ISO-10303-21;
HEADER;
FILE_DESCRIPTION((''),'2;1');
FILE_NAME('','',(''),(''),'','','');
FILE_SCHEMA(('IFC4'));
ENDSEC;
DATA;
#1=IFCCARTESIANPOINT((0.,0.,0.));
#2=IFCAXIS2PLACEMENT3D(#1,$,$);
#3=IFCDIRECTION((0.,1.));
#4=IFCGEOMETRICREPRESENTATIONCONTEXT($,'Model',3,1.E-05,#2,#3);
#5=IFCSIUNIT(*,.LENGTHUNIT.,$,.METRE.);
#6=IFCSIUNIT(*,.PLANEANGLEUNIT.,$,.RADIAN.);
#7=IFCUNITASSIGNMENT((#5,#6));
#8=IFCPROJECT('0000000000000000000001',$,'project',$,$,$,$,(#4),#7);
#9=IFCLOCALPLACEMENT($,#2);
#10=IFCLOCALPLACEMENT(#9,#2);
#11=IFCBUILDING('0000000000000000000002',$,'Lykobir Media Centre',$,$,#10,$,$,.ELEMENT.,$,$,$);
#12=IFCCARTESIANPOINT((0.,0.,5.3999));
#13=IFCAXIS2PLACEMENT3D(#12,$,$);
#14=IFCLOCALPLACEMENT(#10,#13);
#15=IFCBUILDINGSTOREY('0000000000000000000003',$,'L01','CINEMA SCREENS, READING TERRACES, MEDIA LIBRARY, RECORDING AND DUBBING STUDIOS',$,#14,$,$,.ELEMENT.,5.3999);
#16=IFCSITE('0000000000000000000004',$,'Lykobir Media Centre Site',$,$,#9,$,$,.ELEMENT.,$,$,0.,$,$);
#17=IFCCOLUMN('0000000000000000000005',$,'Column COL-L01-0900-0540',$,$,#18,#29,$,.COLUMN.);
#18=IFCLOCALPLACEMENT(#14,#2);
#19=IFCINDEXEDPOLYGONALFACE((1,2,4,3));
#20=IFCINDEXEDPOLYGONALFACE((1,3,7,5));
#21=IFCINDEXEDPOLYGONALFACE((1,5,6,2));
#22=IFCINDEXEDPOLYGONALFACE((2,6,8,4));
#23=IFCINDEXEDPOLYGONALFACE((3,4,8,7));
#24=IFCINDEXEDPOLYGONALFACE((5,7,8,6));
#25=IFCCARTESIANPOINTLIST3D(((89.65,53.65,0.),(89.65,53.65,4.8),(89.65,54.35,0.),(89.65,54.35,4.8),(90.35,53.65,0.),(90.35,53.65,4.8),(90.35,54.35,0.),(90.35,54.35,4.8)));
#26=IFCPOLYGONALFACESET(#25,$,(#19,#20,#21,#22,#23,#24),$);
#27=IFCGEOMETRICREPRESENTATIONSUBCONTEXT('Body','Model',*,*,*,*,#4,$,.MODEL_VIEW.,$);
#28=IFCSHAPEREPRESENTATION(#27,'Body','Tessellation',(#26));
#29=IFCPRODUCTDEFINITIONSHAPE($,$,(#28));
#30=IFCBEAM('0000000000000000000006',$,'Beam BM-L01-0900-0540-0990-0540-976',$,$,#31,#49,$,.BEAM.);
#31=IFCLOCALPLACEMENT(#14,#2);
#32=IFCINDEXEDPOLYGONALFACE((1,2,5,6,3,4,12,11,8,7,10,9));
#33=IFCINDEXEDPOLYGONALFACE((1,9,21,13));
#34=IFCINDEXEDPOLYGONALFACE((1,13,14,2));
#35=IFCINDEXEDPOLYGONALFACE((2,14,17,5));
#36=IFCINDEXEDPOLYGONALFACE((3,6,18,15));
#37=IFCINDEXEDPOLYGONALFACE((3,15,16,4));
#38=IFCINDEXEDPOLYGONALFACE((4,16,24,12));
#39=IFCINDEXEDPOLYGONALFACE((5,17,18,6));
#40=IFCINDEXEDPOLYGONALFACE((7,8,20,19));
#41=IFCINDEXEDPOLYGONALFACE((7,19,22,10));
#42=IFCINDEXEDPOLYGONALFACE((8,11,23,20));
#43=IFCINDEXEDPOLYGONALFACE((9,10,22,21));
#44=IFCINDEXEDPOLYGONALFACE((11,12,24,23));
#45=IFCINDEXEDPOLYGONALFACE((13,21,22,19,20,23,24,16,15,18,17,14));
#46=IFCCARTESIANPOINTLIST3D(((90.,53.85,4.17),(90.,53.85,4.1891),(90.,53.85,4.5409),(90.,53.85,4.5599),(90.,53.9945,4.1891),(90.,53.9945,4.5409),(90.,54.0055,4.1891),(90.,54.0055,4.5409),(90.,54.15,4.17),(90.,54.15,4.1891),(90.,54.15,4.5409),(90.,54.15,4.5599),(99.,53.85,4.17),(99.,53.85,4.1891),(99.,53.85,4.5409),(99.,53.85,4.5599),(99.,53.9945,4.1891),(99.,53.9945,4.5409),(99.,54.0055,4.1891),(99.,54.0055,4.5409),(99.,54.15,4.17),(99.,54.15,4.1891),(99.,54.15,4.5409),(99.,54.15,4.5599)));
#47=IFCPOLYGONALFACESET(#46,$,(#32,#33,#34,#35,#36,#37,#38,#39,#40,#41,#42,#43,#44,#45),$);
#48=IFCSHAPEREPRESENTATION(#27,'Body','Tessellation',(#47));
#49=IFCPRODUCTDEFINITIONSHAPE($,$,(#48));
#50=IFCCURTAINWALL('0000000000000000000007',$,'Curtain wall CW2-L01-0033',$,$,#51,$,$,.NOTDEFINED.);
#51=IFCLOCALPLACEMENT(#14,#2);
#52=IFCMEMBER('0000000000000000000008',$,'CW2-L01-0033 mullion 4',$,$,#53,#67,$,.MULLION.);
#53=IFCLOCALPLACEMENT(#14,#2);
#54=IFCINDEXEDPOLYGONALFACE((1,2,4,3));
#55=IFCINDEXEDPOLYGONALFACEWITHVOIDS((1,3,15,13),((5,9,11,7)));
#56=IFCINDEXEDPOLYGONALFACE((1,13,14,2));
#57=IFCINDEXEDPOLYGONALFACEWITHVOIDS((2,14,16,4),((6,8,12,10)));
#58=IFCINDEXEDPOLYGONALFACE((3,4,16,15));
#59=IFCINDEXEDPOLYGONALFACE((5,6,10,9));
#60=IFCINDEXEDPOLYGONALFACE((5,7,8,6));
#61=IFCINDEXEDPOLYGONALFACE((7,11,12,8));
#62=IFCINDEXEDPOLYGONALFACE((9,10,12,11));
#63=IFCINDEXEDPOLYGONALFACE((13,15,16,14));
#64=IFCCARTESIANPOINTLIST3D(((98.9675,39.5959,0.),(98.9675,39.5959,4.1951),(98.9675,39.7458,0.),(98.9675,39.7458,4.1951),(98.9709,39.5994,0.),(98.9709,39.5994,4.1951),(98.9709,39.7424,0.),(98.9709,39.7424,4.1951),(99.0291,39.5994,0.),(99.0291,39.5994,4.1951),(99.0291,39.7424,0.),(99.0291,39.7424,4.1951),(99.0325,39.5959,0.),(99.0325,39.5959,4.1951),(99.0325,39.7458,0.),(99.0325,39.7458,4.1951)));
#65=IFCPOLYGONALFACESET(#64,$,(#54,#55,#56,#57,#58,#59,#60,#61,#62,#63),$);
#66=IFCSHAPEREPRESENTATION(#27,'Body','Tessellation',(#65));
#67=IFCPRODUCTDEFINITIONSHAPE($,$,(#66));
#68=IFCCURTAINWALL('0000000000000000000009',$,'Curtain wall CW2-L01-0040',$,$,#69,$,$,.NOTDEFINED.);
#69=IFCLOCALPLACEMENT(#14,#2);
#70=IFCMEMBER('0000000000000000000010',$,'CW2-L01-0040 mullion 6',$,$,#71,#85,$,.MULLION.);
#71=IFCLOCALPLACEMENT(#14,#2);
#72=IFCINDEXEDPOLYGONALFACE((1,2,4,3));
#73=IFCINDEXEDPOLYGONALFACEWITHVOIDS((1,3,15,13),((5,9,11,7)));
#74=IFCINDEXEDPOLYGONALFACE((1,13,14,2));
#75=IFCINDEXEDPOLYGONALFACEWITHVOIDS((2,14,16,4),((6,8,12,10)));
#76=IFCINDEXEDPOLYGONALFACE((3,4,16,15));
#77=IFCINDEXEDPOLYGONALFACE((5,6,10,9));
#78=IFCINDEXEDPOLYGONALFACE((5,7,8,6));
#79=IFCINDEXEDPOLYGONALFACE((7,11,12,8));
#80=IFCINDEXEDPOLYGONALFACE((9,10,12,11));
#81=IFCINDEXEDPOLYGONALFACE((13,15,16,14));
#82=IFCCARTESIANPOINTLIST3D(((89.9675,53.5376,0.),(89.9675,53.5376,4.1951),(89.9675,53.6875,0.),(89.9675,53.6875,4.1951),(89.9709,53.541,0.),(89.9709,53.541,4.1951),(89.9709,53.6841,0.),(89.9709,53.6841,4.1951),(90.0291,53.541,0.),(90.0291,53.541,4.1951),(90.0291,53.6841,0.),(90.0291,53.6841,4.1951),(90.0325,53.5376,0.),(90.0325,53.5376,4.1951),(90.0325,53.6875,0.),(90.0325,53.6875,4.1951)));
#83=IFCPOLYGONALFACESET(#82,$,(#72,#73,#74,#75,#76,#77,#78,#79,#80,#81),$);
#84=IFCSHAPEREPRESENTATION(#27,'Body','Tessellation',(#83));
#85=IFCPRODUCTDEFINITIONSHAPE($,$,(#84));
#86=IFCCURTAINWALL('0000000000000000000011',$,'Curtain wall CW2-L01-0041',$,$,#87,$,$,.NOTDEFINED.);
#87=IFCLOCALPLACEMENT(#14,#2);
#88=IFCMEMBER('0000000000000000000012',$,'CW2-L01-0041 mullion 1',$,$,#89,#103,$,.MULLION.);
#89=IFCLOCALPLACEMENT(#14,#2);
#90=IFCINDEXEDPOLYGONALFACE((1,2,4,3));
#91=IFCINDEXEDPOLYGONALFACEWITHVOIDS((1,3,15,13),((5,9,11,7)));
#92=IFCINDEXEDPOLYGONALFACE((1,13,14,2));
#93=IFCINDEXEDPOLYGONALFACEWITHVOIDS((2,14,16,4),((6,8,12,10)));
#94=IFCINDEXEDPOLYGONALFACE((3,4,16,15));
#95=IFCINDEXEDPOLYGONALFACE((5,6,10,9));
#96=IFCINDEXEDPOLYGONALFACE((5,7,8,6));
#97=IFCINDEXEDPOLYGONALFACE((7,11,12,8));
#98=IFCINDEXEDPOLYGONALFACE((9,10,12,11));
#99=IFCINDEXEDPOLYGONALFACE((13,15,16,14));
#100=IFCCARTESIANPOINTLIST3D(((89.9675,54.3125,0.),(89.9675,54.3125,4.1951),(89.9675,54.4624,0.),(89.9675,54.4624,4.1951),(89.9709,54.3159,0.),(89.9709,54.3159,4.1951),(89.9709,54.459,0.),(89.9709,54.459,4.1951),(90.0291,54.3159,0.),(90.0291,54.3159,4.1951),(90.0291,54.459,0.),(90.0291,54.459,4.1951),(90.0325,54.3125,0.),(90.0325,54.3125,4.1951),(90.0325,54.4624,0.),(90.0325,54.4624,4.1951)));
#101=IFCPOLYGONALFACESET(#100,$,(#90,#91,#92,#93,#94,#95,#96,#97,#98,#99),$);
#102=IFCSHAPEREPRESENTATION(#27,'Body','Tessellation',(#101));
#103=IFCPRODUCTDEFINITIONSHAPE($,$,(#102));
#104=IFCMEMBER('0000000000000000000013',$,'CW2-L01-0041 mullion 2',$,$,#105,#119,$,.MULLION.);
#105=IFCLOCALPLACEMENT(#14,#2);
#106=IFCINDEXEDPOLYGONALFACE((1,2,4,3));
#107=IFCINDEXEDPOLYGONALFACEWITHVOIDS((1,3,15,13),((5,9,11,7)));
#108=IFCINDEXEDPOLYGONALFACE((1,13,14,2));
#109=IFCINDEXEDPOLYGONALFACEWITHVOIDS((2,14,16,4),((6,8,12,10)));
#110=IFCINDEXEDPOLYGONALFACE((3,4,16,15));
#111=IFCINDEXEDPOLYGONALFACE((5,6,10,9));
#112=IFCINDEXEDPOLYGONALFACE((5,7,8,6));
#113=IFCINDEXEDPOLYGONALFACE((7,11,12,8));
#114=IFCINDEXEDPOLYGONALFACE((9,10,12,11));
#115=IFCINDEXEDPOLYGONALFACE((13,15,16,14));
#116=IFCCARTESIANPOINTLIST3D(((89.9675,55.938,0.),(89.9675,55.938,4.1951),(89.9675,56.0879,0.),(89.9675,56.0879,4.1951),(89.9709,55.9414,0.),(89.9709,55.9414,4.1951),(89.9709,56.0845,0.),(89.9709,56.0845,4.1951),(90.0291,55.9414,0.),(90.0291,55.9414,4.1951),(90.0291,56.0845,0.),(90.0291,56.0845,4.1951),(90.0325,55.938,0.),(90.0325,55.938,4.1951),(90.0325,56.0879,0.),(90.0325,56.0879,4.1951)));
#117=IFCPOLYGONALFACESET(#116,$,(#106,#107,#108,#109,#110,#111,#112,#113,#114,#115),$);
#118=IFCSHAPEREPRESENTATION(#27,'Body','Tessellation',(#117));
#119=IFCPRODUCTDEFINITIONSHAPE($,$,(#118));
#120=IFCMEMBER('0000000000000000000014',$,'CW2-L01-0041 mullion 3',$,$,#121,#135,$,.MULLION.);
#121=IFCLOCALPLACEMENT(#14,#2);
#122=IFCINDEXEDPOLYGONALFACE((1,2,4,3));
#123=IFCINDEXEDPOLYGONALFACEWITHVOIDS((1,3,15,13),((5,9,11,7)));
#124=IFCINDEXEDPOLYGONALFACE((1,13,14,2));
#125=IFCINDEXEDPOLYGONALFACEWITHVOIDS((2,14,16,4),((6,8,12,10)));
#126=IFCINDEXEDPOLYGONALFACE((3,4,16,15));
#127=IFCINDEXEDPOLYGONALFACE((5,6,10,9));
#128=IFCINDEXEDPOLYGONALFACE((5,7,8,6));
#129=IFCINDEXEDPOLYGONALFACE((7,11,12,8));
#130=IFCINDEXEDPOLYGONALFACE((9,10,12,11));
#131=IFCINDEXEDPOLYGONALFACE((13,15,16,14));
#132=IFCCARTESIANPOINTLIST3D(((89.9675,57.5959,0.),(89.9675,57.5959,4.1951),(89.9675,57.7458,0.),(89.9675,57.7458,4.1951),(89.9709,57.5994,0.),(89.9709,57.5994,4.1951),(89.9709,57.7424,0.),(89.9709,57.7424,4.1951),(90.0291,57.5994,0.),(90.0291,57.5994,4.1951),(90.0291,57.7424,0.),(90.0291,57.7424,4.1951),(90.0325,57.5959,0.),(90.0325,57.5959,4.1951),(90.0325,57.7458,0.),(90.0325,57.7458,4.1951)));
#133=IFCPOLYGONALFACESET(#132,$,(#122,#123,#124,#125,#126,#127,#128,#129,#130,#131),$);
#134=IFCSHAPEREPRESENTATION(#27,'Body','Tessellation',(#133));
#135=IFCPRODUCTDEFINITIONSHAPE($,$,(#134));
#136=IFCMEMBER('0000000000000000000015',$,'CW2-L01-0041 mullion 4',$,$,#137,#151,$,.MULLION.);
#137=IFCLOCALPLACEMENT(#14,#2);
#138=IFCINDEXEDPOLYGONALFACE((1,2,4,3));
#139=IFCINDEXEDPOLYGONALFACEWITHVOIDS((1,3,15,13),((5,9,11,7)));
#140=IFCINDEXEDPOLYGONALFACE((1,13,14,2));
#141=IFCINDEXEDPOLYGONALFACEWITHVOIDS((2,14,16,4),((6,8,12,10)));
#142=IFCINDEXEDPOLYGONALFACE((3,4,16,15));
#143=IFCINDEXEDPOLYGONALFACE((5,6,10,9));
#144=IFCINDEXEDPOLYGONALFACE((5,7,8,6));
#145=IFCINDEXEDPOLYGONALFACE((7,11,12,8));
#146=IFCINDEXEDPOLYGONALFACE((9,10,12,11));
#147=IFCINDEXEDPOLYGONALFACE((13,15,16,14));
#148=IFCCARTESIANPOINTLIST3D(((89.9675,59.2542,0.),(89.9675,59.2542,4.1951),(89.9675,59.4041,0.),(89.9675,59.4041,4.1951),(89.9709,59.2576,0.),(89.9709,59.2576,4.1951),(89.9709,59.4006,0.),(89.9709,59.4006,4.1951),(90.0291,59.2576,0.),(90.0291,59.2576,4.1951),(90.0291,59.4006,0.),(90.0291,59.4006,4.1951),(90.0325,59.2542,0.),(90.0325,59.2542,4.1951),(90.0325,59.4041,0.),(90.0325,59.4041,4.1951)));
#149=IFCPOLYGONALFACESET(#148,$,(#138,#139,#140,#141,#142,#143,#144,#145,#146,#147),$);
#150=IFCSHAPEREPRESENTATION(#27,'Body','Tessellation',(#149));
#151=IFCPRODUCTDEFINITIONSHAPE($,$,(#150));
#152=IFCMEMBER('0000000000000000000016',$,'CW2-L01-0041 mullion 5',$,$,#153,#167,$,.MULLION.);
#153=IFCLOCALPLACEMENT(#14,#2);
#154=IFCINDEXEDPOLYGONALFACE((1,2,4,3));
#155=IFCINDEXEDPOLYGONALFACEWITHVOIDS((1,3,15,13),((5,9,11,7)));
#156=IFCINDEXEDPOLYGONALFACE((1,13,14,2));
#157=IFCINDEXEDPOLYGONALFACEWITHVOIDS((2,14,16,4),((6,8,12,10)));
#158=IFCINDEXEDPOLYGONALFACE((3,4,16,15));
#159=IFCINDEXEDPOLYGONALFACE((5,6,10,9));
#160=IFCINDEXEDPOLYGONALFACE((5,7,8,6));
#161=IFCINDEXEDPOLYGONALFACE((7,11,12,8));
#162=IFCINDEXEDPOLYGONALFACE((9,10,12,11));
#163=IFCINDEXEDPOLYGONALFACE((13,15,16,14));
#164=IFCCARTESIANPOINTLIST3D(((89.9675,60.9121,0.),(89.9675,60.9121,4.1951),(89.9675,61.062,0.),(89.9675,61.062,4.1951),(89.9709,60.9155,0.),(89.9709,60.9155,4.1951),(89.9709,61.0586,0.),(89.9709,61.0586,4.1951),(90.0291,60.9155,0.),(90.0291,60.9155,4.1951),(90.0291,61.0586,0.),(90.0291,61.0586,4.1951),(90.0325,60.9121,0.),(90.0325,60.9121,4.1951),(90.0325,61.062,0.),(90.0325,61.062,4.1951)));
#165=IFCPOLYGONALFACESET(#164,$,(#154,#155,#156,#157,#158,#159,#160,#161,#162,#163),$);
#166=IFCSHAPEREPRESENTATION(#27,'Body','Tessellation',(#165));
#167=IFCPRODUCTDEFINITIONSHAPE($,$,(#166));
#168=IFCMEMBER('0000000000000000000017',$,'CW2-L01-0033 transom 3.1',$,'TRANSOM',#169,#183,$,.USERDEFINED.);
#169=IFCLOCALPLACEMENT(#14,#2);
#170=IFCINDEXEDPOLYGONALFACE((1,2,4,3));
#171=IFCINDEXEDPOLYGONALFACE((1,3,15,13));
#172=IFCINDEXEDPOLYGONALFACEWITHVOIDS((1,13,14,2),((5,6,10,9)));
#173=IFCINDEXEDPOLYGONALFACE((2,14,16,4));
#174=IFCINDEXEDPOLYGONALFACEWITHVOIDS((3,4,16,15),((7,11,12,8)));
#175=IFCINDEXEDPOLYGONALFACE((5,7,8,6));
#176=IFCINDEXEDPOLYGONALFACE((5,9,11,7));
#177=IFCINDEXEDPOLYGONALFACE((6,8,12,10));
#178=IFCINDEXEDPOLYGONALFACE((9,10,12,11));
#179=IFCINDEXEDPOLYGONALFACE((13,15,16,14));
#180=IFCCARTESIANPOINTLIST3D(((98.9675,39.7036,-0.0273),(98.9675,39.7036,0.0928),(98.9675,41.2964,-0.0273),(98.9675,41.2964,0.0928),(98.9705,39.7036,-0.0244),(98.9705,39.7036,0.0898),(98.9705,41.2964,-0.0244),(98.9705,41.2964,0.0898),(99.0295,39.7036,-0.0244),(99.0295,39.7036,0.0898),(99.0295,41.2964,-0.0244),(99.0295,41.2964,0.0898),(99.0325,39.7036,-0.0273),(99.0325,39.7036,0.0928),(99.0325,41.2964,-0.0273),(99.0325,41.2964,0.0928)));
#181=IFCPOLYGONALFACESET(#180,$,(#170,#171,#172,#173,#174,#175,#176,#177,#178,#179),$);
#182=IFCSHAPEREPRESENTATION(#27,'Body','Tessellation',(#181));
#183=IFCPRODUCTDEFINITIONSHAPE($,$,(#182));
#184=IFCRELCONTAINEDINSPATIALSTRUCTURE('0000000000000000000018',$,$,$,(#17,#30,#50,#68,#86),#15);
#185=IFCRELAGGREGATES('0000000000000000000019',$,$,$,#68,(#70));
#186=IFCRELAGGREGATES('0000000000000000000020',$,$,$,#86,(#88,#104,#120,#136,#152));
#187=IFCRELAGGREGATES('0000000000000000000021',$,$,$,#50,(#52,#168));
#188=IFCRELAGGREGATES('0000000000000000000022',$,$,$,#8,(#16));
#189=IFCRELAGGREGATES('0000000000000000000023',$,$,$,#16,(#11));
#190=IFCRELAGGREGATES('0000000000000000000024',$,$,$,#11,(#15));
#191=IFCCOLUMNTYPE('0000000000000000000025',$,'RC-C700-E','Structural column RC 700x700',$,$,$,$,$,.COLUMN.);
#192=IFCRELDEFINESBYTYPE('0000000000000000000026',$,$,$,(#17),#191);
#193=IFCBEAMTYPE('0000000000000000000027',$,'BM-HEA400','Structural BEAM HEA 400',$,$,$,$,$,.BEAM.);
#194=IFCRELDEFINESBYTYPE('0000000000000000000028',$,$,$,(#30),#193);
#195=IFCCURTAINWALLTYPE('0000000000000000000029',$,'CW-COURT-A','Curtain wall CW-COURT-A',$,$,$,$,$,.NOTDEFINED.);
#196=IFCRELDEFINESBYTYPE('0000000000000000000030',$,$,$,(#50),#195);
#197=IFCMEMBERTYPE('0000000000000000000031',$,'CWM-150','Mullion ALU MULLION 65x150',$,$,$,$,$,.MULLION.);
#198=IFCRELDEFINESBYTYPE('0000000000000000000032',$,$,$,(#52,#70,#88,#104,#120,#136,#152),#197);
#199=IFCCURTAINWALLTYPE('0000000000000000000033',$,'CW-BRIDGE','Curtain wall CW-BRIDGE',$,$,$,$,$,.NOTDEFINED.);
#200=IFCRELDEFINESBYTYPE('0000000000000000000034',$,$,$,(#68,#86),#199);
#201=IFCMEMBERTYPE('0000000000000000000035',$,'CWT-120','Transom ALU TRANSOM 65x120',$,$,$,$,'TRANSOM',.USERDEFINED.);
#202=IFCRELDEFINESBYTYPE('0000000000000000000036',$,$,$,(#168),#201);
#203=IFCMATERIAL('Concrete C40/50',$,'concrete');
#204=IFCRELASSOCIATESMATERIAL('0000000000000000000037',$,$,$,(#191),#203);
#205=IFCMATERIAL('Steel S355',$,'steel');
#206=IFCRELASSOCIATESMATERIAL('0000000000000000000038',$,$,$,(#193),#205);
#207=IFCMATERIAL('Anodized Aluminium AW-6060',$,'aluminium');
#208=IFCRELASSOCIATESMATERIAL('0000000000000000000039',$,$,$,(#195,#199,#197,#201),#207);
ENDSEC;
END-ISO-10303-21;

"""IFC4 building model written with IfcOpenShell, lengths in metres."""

from ifc_helpers import new_model, si_unit, direction, frame, origin, origin_2d, place, context, subcontext, project, spatial, rectangle, hollow_rectangle, i_section, extrude, material, material_profile, profile_set, type_object, element, aggregate, save


model = new_model("IFC4")

# Units and contexts
model_context = context("Model", 3, precision=1e-05, world=origin(), true_north=direction((0.0, 1.0)))
body_context = subcontext(model_context, "Body", "Model", "MODEL_VIEW")
ifc_project = project(units=[si_unit("LENGTHUNIT", "METRE"), si_unit("PLANEANGLEUNIT", "RADIAN")], contexts=[model_context])

# Site, building, storey
site_placement = place(None, origin())
site = spatial("IfcSite", under=ifc_project, at=site_placement, Name="Lykobir Media Centre Site", CompositionType="ELEMENT", RefElevation=0.0)
building_placement = place(site_placement, origin())
building = spatial("IfcBuilding", under=site, at=building_placement, Name="Lykobir Media Centre", CompositionType="ELEMENT")
storey_placement = place(building_placement, frame((0.0, 0.0, 5.3999)))
storey = spatial("IfcBuildingStorey", under=building, at=storey_placement, Name="L01", Description="CINEMA SCREENS, READING TERRACES, MEDIA LIBRARY, RECORDING AND DUBBING STUDIOS", CompositionType="ELEMENT", Elevation=5.3999)

# Column
ifc_material_1 = material(Name="Concrete C40/50", Category="concrete")
ifc_material_profile_1 = material_profile(ifc_material_1, rectangle(XDim=0.7, YDim=0.7, at=origin_2d()), Name="RC 700x700")
ifc_profile_set_1 = profile_set([ifc_material_profile_1], Name="Concrete C40/50")
column_type = type_object("IfcColumnType", Name="RC-C700-E", Description="Structural column RC 700x700", PredefinedType="COLUMN", material=ifc_profile_set_1)
column_placement = place(storey_placement, frame((90.0, 54.0, 0.0), z_axis=(0.0, 0.0, 1.0), x_axis=(1.0, 0.0, 0.0)))
element("IfcColumn", 1, at=column_placement, inside=storey, type_object=column_type, Name="Column COL-L01-0900-0540", PredefinedType="COLUMN", context=body_context, shape_type="SweptSolid", body=[
    extrude(rectangle(XDim=0.7, YDim=0.7, at=origin_2d()), origin(), (0.0, 0.0, 1.0), 4.8),
])

# Beam
ifc_material_2 = material(Name="Steel S355", Category="steel")
ifc_material_profile_2 = material_profile(ifc_material_2, i_section(OverallWidth=0.3, OverallDepth=0.3899, WebThickness=0.011, FlangeThickness=0.019, at=origin_2d()), Name="HEA 400")
ifc_profile_set_2 = profile_set([ifc_material_profile_2], Name="Steel S355")
beam_type_1 = type_object("IfcBeamType", Name="BM-HEA400", Description="Structural BEAM HEA 400", PredefinedType="BEAM", material=ifc_profile_set_2)
beam_1_placement = place(storey_placement, frame((90.0, 54.0, 4.365), z_axis=(1.0, 0.0, 0.0), x_axis=(0.0, 1.0, 0.0)))
element("IfcBeam", 2, at=beam_1_placement, inside=storey, type_object=beam_type_1, Name="Beam BM-L01-0900-0540-0990-0540-976", PredefinedType="BEAM", context=body_context, shape_type="SweptSolid", body=[
    extrude(i_section(OverallWidth=0.3, OverallDepth=0.3899, WebThickness=0.011, FlangeThickness=0.019, at=origin_2d()), origin(), (0.0, 0.0, 1.0), 9.0),
])

# Curtain walls, members
ifc_material_3 = material(Name="Anodized Aluminium AW-6060", Category="aluminium")
curtain_wall_type_1 = type_object("IfcCurtainWallType", Name="CW-COURT-A", Description="Curtain wall CW-COURT-A", PredefinedType="NOTDEFINED", material=ifc_material_3)
curtain_wall_1_placement = place(storey_placement, origin())
curtain_wall_1 = element("IfcCurtainWall", 3, at=curtain_wall_1_placement, inside=storey, type_object=curtain_wall_type_1, Name="Curtain wall CW2-L01-0033", PredefinedType="NOTDEFINED")
ifc_material_profile_3 = material_profile(ifc_material_3, hollow_rectangle(XDim=0.0649, YDim=0.1499, WallThickness=0.0034, at=origin_2d()), Name="ALU MULLION 65x150")
ifc_profile_set_3 = profile_set([ifc_material_profile_3], Name="Anodized Aluminium AW-6060")
member_type_1 = type_object("IfcMemberType", Name="CWM-150", Description="Mullion ALU MULLION 65x150", PredefinedType="MULLION", material=ifc_profile_set_3)
member_1_placement = place(storey_placement, frame((99.0, 39.6709, 0.0), z_axis=(0.0, 0.0, 1.0), x_axis=(1.0, 0.0, 0.0)))
member_1 = element("IfcMember", 4, at=member_1_placement, type_object=member_type_1, Name="CW2-L01-0033 mullion 4", PredefinedType="MULLION", context=body_context, shape_type="SweptSolid", body=[
    extrude(hollow_rectangle(XDim=0.0649, YDim=0.1499, WallThickness=0.0034, at=origin_2d()), origin(), (0.0, 0.0, 1.0), 4.1951),
])
curtain_wall_type_2 = type_object("IfcCurtainWallType", Name="CW-BRIDGE", Description="Curtain wall CW-BRIDGE", PredefinedType="NOTDEFINED", material=ifc_material_3)
curtain_wall_2_placement = place(storey_placement, origin())
curtain_wall_2 = element("IfcCurtainWall", 5, at=curtain_wall_2_placement, inside=storey, type_object=curtain_wall_type_2, Name="Curtain wall CW2-L01-0040", PredefinedType="NOTDEFINED")
member_2_placement = place(storey_placement, frame((90.0, 53.6125, 0.0), z_axis=(0.0, 0.0, 1.0), x_axis=(-1.0, 0.0, 0.0)))
member_2 = element("IfcMember", 6, at=member_2_placement, type_object=member_type_1, Name="CW2-L01-0040 mullion 6", PredefinedType="MULLION", context=body_context, shape_type="SweptSolid", body=[
    extrude(hollow_rectangle(XDim=0.0649, YDim=0.1499, WallThickness=0.0034, at=origin_2d()), origin(), (0.0, 0.0, 1.0), 4.1951),
])

# Curtain wall, members
curtain_wall_3_placement = place(storey_placement, origin())
curtain_wall_3 = element("IfcCurtainWall", 7, at=curtain_wall_3_placement, inside=storey, type_object=curtain_wall_type_2, Name="Curtain wall CW2-L01-0041", PredefinedType="NOTDEFINED")
member_3_placement = place(storey_placement, frame((90.0, 54.3875, 0.0), z_axis=(0.0, 0.0, 1.0), x_axis=(-1.0, 0.0, 0.0)))
member_3 = element("IfcMember", 8, at=member_3_placement, type_object=member_type_1, Name="CW2-L01-0041 mullion 1", PredefinedType="MULLION", context=body_context, shape_type="SweptSolid", body=[
    extrude(hollow_rectangle(XDim=0.0649, YDim=0.1499, WallThickness=0.0034, at=origin_2d()), origin(), (0.0, 0.0, 1.0), 4.1951),
])
member_4_placement = place(storey_placement, frame((90.0, 56.0129, 0.0), z_axis=(0.0, 0.0, 1.0), x_axis=(-1.0, 0.0, 0.0)))
member_4 = element("IfcMember", 9, at=member_4_placement, type_object=member_type_1, Name="CW2-L01-0041 mullion 2", PredefinedType="MULLION", context=body_context, shape_type="SweptSolid", body=[
    extrude(hollow_rectangle(XDim=0.0649, YDim=0.1499, WallThickness=0.0034, at=origin_2d()), origin(), (0.0, 0.0, 1.0), 4.1951),
])
member_5_placement = place(storey_placement, frame((90.0, 57.6709, 0.0), z_axis=(0.0, 0.0, 1.0), x_axis=(-1.0, 0.0, 0.0)))
member_5 = element("IfcMember", 10, at=member_5_placement, type_object=member_type_1, Name="CW2-L01-0041 mullion 3", PredefinedType="MULLION", context=body_context, shape_type="SweptSolid", body=[
    extrude(hollow_rectangle(XDim=0.0649, YDim=0.1499, WallThickness=0.0034, at=origin_2d()), origin(), (0.0, 0.0, 1.0), 4.1951),
])
member_6_placement = place(storey_placement, frame((90.0, 59.3291, 0.0), z_axis=(0.0, 0.0, 1.0), x_axis=(-1.0, 0.0, 0.0)))
member_6 = element("IfcMember", 11, at=member_6_placement, type_object=member_type_1, Name="CW2-L01-0041 mullion 4", PredefinedType="MULLION", context=body_context, shape_type="SweptSolid", body=[
    extrude(hollow_rectangle(XDim=0.0649, YDim=0.1499, WallThickness=0.0034, at=origin_2d()), origin(), (0.0, 0.0, 1.0), 4.1951),
])
member_7_placement = place(storey_placement, frame((90.0, 60.9871, 0.0), z_axis=(0.0, 0.0, 1.0), x_axis=(-1.0, 0.0, 0.0)))
member_7 = element("IfcMember", 12, at=member_7_placement, type_object=member_type_1, Name="CW2-L01-0041 mullion 5", PredefinedType="MULLION", context=body_context, shape_type="SweptSolid", body=[
    extrude(hollow_rectangle(XDim=0.0649, YDim=0.1499, WallThickness=0.0034, at=origin_2d()), origin(), (0.0, 0.0, 1.0), 4.1951),
])

# Member
ifc_material_profile_4 = material_profile(ifc_material_3, hollow_rectangle(XDim=0.0649, YDim=0.1201, WallThickness=0.0029, at=origin_2d()), Name="ALU TRANSOM 65x120")
ifc_profile_set_4 = profile_set([ifc_material_profile_4], Name="Anodized Aluminium AW-6060")
member_type_2 = type_object("IfcMemberType", Name="CWT-120", Description="Transom ALU TRANSOM 65x120", ElementType="TRANSOM", PredefinedType="USERDEFINED", material=ifc_profile_set_4)
member_8_placement = place(storey_placement, frame((99.0, 41.2964, 0.0327), z_axis=(0.0, -1.0, 0.0), x_axis=(1.0, 0.0, 0.0)))
member_8 = element("IfcMember", 13, at=member_8_placement, type_object=member_type_2, Name="CW2-L01-0033 transom 3.1", ObjectType="TRANSOM", PredefinedType="USERDEFINED", context=body_context, shape_type="SweptSolid", body=[
    extrude(hollow_rectangle(XDim=0.0649, YDim=0.1201, WallThickness=0.0029, at=origin_2d()), origin(), (0.0, 0.0, 1.0), 1.5928),
])

aggregate(curtain_wall_2, [member_2])
aggregate(curtain_wall_3, [member_3, member_4, member_5, member_6, member_7])
aggregate(curtain_wall_1, [member_1, member_8])

save(model, "model.ifc")
